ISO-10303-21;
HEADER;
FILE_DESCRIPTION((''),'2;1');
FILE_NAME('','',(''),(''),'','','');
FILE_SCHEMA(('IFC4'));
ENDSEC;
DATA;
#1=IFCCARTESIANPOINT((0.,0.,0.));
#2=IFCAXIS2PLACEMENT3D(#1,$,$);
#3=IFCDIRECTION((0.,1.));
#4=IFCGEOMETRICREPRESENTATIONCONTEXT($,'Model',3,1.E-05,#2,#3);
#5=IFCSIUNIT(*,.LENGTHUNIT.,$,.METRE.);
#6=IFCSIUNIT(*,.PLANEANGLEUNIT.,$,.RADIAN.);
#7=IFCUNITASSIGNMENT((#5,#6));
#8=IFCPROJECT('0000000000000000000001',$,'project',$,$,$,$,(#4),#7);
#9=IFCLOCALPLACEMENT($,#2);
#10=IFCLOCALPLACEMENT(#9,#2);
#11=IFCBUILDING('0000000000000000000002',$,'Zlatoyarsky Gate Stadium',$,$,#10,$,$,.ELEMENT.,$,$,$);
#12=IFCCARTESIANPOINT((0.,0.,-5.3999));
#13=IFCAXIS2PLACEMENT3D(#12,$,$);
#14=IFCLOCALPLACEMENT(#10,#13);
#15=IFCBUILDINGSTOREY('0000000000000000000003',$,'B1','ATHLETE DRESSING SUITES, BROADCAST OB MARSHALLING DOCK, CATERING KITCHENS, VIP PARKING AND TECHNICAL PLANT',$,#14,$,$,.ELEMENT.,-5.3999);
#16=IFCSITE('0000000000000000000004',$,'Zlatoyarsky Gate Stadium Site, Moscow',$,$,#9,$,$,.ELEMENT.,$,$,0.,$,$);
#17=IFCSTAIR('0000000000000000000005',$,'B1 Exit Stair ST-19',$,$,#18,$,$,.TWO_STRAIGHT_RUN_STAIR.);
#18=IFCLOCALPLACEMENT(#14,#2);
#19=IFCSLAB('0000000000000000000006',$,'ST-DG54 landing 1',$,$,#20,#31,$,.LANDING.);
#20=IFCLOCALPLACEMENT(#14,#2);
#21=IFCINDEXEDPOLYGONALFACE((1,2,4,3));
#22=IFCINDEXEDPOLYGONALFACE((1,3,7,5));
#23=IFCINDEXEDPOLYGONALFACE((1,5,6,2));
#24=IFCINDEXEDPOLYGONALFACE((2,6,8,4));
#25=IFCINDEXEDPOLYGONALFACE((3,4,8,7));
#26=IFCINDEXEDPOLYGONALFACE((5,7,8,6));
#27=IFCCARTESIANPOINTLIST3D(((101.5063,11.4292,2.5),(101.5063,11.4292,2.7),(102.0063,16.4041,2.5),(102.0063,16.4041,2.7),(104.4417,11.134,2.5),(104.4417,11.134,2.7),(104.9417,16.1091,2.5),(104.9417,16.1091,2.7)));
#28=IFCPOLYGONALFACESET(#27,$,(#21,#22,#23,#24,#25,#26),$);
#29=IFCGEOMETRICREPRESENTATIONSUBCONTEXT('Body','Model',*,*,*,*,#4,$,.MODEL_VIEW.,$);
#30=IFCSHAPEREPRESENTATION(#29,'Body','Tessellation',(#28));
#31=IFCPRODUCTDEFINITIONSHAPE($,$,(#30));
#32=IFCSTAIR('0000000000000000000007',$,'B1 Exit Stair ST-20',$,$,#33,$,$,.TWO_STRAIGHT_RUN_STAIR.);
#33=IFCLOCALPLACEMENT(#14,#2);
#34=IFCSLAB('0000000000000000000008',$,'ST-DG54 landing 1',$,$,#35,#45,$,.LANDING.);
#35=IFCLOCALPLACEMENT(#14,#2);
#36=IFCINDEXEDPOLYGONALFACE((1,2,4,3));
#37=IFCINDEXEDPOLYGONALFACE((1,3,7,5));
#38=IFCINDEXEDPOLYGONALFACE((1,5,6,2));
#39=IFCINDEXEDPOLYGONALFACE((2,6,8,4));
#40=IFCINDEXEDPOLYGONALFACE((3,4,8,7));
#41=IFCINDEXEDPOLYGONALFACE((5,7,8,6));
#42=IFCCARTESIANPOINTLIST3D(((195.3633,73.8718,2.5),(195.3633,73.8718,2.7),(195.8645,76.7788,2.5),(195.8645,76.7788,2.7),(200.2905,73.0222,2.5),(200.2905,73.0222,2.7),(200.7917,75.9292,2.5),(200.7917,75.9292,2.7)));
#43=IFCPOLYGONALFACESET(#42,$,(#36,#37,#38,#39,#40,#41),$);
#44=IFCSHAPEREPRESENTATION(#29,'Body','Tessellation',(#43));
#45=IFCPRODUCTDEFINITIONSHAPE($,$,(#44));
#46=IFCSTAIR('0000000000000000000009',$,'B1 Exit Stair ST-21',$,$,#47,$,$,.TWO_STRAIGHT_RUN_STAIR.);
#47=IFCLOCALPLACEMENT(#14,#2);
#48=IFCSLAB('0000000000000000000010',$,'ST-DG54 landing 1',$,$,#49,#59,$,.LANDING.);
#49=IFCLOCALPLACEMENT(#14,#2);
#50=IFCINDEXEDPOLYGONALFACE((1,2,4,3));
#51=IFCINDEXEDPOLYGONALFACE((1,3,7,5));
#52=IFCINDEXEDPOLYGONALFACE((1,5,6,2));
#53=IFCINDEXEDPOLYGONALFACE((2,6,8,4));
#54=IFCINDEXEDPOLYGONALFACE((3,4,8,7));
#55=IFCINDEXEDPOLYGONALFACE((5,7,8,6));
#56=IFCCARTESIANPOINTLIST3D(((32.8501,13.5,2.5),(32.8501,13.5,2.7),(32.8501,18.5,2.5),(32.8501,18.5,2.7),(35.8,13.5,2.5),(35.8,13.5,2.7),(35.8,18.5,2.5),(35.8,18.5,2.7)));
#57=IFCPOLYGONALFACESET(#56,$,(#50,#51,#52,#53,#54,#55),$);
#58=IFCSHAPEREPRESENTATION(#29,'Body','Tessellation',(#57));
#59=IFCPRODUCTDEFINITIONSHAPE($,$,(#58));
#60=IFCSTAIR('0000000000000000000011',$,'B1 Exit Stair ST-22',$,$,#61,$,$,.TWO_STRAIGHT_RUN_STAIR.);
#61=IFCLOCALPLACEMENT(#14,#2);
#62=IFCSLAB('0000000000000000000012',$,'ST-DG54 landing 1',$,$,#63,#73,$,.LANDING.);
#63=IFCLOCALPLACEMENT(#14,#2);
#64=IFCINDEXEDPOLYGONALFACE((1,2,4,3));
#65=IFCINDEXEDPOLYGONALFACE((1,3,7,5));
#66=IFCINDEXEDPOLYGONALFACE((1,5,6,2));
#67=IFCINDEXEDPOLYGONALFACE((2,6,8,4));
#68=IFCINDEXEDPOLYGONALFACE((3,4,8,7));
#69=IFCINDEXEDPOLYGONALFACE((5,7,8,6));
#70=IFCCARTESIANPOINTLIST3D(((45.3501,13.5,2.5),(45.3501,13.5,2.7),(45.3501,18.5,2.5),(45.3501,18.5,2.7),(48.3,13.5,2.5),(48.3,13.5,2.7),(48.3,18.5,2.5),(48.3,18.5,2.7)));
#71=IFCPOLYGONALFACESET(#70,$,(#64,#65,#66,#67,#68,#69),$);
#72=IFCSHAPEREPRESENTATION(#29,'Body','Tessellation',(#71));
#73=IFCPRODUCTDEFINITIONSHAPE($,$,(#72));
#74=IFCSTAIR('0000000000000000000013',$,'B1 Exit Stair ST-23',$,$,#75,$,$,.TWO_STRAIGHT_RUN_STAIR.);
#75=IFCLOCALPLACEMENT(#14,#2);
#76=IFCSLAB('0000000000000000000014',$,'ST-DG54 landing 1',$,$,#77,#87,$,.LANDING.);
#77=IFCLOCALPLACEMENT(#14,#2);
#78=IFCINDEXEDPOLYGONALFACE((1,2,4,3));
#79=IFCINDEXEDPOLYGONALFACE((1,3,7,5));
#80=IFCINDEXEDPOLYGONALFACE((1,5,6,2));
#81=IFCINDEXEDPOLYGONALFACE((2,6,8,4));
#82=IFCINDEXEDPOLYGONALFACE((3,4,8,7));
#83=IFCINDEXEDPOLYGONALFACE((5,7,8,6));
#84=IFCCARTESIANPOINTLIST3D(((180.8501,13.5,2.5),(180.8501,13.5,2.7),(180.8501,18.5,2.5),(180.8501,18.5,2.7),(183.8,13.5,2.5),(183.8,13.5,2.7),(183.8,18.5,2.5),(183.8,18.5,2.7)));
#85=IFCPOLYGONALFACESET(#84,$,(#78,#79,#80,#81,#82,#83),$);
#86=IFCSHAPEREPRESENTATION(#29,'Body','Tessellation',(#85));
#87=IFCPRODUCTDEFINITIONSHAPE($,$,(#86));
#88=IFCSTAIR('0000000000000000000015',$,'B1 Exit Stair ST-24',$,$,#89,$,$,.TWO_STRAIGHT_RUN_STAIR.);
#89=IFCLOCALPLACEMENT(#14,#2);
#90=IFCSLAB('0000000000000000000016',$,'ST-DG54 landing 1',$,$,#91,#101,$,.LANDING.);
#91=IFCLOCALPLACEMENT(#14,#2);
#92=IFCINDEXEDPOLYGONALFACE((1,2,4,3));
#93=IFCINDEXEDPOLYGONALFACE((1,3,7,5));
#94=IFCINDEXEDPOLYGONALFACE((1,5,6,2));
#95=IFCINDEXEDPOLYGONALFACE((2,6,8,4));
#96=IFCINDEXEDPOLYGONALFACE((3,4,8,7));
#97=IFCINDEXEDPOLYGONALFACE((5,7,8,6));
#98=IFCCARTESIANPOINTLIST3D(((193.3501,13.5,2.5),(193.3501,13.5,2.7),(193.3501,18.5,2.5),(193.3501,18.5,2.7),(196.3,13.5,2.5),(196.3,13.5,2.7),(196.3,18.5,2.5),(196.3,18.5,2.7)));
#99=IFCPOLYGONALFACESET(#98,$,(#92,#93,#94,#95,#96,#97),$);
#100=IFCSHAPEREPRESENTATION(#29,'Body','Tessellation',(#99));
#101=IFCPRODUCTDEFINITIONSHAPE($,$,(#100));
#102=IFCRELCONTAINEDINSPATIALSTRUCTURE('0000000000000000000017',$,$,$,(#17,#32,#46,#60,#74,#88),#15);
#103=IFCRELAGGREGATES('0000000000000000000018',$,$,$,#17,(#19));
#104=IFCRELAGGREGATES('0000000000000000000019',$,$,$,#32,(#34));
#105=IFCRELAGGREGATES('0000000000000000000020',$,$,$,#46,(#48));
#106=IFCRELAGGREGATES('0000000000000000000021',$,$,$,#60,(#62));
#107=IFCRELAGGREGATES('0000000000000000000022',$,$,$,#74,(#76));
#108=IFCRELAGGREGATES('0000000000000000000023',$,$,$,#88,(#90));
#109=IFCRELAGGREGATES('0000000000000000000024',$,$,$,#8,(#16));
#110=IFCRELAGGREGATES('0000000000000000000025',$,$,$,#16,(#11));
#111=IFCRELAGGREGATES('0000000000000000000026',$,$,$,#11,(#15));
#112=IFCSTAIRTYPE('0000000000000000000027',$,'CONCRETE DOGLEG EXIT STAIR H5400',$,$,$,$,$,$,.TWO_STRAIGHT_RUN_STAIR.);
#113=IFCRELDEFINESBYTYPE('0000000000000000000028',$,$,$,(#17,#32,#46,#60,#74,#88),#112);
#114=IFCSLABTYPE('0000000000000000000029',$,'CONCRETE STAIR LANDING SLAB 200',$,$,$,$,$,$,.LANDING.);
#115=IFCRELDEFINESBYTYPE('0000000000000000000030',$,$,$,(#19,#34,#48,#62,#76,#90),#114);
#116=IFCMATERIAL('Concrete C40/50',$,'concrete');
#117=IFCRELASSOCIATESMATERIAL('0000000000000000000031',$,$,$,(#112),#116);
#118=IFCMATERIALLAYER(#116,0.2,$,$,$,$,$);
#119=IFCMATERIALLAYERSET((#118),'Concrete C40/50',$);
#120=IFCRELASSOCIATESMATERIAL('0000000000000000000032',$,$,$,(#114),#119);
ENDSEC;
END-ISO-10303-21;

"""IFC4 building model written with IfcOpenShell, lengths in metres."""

from ifc_helpers import new_model, si_unit, direction, frame, origin, place, context, subcontext, project, spatial, polyline, outline, extrude, material, layer, layer_set, type_object, element, aggregate, save


model = new_model("IFC4")

# Units and contexts
model_context = context("Model", 3, precision=1e-05, world=origin(), true_north=direction((0.0, 1.0)))
body_context = subcontext(model_context, "Body", "Model", "MODEL_VIEW")
ifc_project = project(units=[si_unit("LENGTHUNIT", "METRE"), si_unit("PLANEANGLEUNIT", "RADIAN")], contexts=[model_context])

# Site, building, storey
site_placement = place(None, origin())
site = spatial("IfcSite", under=ifc_project, at=site_placement, Name="Zlatoyarsky Gate Stadium Site, Moscow", CompositionType="ELEMENT", RefElevation=0.0)
building_placement = place(site_placement, origin())
building = spatial("IfcBuilding", under=site, at=building_placement, Name="Zlatoyarsky Gate Stadium", CompositionType="ELEMENT")
storey_placement = place(building_placement, frame((0.0, 0.0, -5.3999)))
storey = spatial("IfcBuildingStorey", under=building, at=storey_placement, Name="B1", Description="ATHLETE DRESSING SUITES, BROADCAST OB MARSHALLING DOCK, CATERING KITCHENS, VIP PARKING AND TECHNICAL PLANT", CompositionType="ELEMENT", Elevation=-5.3999)

# Stairs, slabs
ifc_material_1 = material(Name="Concrete C40/50", Category="concrete")
stair_type = type_object("IfcStairType", Name="CONCRETE DOGLEG EXIT STAIR H5400", PredefinedType="TWO_STRAIGHT_RUN_STAIR", material=ifc_material_1)
ifc_layer_1 = layer(ifc_material_1, 0.2)
ifc_layer_set_1 = layer_set([ifc_layer_1], Name="Concrete C40/50")
slab_type_1 = type_object("IfcSlabType", Name="CONCRETE STAIR LANDING SLAB 200", PredefinedType="LANDING", material=ifc_layer_set_1)
stair_1_placement = place(storey_placement, origin())
stair_1 = element("IfcStair", 1, at=stair_1_placement, inside=storey, type_object=stair_type, Name="B1 Exit Stair ST-19", PredefinedType="TWO_STRAIGHT_RUN_STAIR")
slab_1_placement = place(storey_placement, frame((0.0, 0.0, 2.5)))
slab_1 = element("IfcSlab", 2, at=slab_1_placement, type_object=slab_type_1, Name="ST-DG54 landing 1", PredefinedType="LANDING", context=body_context, shape_type="SweptSolid", body=[
    extrude(outline(polyline([(101.5063, 11.4292), (104.4417, 11.134), (104.9417, 16.1091), (102.0063, 16.4041), (101.5063, 11.4292)])), origin(), (0.0, 0.0, 1.0), 0.2),
])
aggregate(stair_1, [slab_1])
stair_2_placement = place(storey_placement, origin())
stair_2 = element("IfcStair", 3, at=stair_2_placement, inside=storey, type_object=stair_type, Name="B1 Exit Stair ST-20", PredefinedType="TWO_STRAIGHT_RUN_STAIR")
slab_2_placement = place(storey_placement, frame((0.0, 0.0, 2.5)))
slab_2 = element("IfcSlab", 4, at=slab_2_placement, type_object=slab_type_1, Name="ST-DG54 landing 1", PredefinedType="LANDING", context=body_context, shape_type="SweptSolid", body=[
    extrude(outline(polyline([(200.2905, 73.0222), (200.7917, 75.9292), (195.8645, 76.7788), (195.3633, 73.8718), (200.2905, 73.0222)])), origin(), (0.0, 0.0, 1.0), 0.2),
])
aggregate(stair_2, [slab_2])
stair_3_placement = place(storey_placement, origin())
stair_3 = element("IfcStair", 5, at=stair_3_placement, inside=storey, type_object=stair_type, Name="B1 Exit Stair ST-21", PredefinedType="TWO_STRAIGHT_RUN_STAIR")
slab_3_placement = place(storey_placement, frame((0.0, 0.0, 2.5)))
slab_3 = element("IfcSlab", 6, at=slab_3_placement, type_object=slab_type_1, Name="ST-DG54 landing 1", PredefinedType="LANDING", context=body_context, shape_type="SweptSolid", body=[
    extrude(outline(polyline([(32.8501, 13.5), (35.8, 13.5), (35.8, 18.5), (32.8501, 18.5), (32.8501, 13.5)])), origin(), (0.0, 0.0, 1.0), 0.2),
])
aggregate(stair_3, [slab_3])
stair_4_placement = place(storey_placement, origin())
stair_4 = element("IfcStair", 7, at=stair_4_placement, inside=storey, type_object=stair_type, Name="B1 Exit Stair ST-22", PredefinedType="TWO_STRAIGHT_RUN_STAIR")
slab_4_placement = place(storey_placement, frame((0.0, 0.0, 2.5)))
slab_4 = element("IfcSlab", 8, at=slab_4_placement, type_object=slab_type_1, Name="ST-DG54 landing 1", PredefinedType="LANDING", context=body_context, shape_type="SweptSolid", body=[
    extrude(outline(polyline([(45.3501, 13.5), (48.3, 13.5), (48.3, 18.5), (45.3501, 18.5), (45.3501, 13.5)])), origin(), (0.0, 0.0, 1.0), 0.2),
])
aggregate(stair_4, [slab_4])
stair_5_placement = place(storey_placement, origin())
stair_5 = element("IfcStair", 9, at=stair_5_placement, inside=storey, type_object=stair_type, Name="B1 Exit Stair ST-23", PredefinedType="TWO_STRAIGHT_RUN_STAIR")
slab_5_placement = place(storey_placement, frame((0.0, 0.0, 2.5)))
slab_5 = element("IfcSlab", 10, at=slab_5_placement, type_object=slab_type_1, Name="ST-DG54 landing 1", PredefinedType="LANDING", context=body_context, shape_type="SweptSolid", body=[
    extrude(outline(polyline([(180.8501, 13.5), (183.8, 13.5), (183.8, 18.5), (180.8501, 18.5), (180.8501, 13.5)])), origin(), (0.0, 0.0, 1.0), 0.2),
])
aggregate(stair_5, [slab_5])
stair_6_placement = place(storey_placement, origin())
stair_6 = element("IfcStair", 11, at=stair_6_placement, inside=storey, type_object=stair_type, Name="B1 Exit Stair ST-24", PredefinedType="TWO_STRAIGHT_RUN_STAIR")
slab_6_placement = place(storey_placement, frame((0.0, 0.0, 2.5)))
slab_6 = element("IfcSlab", 12, at=slab_6_placement, type_object=slab_type_1, Name="ST-DG54 landing 1", PredefinedType="LANDING", context=body_context, shape_type="SweptSolid", body=[
    extrude(outline(polyline([(193.3501, 13.5), (196.3, 13.5), (196.3, 18.5), (193.3501, 18.5), (193.3501, 13.5)])), origin(), (0.0, 0.0, 1.0), 0.2),
])
aggregate(stair_6, [slab_6])

save(model, "model.ifc")
